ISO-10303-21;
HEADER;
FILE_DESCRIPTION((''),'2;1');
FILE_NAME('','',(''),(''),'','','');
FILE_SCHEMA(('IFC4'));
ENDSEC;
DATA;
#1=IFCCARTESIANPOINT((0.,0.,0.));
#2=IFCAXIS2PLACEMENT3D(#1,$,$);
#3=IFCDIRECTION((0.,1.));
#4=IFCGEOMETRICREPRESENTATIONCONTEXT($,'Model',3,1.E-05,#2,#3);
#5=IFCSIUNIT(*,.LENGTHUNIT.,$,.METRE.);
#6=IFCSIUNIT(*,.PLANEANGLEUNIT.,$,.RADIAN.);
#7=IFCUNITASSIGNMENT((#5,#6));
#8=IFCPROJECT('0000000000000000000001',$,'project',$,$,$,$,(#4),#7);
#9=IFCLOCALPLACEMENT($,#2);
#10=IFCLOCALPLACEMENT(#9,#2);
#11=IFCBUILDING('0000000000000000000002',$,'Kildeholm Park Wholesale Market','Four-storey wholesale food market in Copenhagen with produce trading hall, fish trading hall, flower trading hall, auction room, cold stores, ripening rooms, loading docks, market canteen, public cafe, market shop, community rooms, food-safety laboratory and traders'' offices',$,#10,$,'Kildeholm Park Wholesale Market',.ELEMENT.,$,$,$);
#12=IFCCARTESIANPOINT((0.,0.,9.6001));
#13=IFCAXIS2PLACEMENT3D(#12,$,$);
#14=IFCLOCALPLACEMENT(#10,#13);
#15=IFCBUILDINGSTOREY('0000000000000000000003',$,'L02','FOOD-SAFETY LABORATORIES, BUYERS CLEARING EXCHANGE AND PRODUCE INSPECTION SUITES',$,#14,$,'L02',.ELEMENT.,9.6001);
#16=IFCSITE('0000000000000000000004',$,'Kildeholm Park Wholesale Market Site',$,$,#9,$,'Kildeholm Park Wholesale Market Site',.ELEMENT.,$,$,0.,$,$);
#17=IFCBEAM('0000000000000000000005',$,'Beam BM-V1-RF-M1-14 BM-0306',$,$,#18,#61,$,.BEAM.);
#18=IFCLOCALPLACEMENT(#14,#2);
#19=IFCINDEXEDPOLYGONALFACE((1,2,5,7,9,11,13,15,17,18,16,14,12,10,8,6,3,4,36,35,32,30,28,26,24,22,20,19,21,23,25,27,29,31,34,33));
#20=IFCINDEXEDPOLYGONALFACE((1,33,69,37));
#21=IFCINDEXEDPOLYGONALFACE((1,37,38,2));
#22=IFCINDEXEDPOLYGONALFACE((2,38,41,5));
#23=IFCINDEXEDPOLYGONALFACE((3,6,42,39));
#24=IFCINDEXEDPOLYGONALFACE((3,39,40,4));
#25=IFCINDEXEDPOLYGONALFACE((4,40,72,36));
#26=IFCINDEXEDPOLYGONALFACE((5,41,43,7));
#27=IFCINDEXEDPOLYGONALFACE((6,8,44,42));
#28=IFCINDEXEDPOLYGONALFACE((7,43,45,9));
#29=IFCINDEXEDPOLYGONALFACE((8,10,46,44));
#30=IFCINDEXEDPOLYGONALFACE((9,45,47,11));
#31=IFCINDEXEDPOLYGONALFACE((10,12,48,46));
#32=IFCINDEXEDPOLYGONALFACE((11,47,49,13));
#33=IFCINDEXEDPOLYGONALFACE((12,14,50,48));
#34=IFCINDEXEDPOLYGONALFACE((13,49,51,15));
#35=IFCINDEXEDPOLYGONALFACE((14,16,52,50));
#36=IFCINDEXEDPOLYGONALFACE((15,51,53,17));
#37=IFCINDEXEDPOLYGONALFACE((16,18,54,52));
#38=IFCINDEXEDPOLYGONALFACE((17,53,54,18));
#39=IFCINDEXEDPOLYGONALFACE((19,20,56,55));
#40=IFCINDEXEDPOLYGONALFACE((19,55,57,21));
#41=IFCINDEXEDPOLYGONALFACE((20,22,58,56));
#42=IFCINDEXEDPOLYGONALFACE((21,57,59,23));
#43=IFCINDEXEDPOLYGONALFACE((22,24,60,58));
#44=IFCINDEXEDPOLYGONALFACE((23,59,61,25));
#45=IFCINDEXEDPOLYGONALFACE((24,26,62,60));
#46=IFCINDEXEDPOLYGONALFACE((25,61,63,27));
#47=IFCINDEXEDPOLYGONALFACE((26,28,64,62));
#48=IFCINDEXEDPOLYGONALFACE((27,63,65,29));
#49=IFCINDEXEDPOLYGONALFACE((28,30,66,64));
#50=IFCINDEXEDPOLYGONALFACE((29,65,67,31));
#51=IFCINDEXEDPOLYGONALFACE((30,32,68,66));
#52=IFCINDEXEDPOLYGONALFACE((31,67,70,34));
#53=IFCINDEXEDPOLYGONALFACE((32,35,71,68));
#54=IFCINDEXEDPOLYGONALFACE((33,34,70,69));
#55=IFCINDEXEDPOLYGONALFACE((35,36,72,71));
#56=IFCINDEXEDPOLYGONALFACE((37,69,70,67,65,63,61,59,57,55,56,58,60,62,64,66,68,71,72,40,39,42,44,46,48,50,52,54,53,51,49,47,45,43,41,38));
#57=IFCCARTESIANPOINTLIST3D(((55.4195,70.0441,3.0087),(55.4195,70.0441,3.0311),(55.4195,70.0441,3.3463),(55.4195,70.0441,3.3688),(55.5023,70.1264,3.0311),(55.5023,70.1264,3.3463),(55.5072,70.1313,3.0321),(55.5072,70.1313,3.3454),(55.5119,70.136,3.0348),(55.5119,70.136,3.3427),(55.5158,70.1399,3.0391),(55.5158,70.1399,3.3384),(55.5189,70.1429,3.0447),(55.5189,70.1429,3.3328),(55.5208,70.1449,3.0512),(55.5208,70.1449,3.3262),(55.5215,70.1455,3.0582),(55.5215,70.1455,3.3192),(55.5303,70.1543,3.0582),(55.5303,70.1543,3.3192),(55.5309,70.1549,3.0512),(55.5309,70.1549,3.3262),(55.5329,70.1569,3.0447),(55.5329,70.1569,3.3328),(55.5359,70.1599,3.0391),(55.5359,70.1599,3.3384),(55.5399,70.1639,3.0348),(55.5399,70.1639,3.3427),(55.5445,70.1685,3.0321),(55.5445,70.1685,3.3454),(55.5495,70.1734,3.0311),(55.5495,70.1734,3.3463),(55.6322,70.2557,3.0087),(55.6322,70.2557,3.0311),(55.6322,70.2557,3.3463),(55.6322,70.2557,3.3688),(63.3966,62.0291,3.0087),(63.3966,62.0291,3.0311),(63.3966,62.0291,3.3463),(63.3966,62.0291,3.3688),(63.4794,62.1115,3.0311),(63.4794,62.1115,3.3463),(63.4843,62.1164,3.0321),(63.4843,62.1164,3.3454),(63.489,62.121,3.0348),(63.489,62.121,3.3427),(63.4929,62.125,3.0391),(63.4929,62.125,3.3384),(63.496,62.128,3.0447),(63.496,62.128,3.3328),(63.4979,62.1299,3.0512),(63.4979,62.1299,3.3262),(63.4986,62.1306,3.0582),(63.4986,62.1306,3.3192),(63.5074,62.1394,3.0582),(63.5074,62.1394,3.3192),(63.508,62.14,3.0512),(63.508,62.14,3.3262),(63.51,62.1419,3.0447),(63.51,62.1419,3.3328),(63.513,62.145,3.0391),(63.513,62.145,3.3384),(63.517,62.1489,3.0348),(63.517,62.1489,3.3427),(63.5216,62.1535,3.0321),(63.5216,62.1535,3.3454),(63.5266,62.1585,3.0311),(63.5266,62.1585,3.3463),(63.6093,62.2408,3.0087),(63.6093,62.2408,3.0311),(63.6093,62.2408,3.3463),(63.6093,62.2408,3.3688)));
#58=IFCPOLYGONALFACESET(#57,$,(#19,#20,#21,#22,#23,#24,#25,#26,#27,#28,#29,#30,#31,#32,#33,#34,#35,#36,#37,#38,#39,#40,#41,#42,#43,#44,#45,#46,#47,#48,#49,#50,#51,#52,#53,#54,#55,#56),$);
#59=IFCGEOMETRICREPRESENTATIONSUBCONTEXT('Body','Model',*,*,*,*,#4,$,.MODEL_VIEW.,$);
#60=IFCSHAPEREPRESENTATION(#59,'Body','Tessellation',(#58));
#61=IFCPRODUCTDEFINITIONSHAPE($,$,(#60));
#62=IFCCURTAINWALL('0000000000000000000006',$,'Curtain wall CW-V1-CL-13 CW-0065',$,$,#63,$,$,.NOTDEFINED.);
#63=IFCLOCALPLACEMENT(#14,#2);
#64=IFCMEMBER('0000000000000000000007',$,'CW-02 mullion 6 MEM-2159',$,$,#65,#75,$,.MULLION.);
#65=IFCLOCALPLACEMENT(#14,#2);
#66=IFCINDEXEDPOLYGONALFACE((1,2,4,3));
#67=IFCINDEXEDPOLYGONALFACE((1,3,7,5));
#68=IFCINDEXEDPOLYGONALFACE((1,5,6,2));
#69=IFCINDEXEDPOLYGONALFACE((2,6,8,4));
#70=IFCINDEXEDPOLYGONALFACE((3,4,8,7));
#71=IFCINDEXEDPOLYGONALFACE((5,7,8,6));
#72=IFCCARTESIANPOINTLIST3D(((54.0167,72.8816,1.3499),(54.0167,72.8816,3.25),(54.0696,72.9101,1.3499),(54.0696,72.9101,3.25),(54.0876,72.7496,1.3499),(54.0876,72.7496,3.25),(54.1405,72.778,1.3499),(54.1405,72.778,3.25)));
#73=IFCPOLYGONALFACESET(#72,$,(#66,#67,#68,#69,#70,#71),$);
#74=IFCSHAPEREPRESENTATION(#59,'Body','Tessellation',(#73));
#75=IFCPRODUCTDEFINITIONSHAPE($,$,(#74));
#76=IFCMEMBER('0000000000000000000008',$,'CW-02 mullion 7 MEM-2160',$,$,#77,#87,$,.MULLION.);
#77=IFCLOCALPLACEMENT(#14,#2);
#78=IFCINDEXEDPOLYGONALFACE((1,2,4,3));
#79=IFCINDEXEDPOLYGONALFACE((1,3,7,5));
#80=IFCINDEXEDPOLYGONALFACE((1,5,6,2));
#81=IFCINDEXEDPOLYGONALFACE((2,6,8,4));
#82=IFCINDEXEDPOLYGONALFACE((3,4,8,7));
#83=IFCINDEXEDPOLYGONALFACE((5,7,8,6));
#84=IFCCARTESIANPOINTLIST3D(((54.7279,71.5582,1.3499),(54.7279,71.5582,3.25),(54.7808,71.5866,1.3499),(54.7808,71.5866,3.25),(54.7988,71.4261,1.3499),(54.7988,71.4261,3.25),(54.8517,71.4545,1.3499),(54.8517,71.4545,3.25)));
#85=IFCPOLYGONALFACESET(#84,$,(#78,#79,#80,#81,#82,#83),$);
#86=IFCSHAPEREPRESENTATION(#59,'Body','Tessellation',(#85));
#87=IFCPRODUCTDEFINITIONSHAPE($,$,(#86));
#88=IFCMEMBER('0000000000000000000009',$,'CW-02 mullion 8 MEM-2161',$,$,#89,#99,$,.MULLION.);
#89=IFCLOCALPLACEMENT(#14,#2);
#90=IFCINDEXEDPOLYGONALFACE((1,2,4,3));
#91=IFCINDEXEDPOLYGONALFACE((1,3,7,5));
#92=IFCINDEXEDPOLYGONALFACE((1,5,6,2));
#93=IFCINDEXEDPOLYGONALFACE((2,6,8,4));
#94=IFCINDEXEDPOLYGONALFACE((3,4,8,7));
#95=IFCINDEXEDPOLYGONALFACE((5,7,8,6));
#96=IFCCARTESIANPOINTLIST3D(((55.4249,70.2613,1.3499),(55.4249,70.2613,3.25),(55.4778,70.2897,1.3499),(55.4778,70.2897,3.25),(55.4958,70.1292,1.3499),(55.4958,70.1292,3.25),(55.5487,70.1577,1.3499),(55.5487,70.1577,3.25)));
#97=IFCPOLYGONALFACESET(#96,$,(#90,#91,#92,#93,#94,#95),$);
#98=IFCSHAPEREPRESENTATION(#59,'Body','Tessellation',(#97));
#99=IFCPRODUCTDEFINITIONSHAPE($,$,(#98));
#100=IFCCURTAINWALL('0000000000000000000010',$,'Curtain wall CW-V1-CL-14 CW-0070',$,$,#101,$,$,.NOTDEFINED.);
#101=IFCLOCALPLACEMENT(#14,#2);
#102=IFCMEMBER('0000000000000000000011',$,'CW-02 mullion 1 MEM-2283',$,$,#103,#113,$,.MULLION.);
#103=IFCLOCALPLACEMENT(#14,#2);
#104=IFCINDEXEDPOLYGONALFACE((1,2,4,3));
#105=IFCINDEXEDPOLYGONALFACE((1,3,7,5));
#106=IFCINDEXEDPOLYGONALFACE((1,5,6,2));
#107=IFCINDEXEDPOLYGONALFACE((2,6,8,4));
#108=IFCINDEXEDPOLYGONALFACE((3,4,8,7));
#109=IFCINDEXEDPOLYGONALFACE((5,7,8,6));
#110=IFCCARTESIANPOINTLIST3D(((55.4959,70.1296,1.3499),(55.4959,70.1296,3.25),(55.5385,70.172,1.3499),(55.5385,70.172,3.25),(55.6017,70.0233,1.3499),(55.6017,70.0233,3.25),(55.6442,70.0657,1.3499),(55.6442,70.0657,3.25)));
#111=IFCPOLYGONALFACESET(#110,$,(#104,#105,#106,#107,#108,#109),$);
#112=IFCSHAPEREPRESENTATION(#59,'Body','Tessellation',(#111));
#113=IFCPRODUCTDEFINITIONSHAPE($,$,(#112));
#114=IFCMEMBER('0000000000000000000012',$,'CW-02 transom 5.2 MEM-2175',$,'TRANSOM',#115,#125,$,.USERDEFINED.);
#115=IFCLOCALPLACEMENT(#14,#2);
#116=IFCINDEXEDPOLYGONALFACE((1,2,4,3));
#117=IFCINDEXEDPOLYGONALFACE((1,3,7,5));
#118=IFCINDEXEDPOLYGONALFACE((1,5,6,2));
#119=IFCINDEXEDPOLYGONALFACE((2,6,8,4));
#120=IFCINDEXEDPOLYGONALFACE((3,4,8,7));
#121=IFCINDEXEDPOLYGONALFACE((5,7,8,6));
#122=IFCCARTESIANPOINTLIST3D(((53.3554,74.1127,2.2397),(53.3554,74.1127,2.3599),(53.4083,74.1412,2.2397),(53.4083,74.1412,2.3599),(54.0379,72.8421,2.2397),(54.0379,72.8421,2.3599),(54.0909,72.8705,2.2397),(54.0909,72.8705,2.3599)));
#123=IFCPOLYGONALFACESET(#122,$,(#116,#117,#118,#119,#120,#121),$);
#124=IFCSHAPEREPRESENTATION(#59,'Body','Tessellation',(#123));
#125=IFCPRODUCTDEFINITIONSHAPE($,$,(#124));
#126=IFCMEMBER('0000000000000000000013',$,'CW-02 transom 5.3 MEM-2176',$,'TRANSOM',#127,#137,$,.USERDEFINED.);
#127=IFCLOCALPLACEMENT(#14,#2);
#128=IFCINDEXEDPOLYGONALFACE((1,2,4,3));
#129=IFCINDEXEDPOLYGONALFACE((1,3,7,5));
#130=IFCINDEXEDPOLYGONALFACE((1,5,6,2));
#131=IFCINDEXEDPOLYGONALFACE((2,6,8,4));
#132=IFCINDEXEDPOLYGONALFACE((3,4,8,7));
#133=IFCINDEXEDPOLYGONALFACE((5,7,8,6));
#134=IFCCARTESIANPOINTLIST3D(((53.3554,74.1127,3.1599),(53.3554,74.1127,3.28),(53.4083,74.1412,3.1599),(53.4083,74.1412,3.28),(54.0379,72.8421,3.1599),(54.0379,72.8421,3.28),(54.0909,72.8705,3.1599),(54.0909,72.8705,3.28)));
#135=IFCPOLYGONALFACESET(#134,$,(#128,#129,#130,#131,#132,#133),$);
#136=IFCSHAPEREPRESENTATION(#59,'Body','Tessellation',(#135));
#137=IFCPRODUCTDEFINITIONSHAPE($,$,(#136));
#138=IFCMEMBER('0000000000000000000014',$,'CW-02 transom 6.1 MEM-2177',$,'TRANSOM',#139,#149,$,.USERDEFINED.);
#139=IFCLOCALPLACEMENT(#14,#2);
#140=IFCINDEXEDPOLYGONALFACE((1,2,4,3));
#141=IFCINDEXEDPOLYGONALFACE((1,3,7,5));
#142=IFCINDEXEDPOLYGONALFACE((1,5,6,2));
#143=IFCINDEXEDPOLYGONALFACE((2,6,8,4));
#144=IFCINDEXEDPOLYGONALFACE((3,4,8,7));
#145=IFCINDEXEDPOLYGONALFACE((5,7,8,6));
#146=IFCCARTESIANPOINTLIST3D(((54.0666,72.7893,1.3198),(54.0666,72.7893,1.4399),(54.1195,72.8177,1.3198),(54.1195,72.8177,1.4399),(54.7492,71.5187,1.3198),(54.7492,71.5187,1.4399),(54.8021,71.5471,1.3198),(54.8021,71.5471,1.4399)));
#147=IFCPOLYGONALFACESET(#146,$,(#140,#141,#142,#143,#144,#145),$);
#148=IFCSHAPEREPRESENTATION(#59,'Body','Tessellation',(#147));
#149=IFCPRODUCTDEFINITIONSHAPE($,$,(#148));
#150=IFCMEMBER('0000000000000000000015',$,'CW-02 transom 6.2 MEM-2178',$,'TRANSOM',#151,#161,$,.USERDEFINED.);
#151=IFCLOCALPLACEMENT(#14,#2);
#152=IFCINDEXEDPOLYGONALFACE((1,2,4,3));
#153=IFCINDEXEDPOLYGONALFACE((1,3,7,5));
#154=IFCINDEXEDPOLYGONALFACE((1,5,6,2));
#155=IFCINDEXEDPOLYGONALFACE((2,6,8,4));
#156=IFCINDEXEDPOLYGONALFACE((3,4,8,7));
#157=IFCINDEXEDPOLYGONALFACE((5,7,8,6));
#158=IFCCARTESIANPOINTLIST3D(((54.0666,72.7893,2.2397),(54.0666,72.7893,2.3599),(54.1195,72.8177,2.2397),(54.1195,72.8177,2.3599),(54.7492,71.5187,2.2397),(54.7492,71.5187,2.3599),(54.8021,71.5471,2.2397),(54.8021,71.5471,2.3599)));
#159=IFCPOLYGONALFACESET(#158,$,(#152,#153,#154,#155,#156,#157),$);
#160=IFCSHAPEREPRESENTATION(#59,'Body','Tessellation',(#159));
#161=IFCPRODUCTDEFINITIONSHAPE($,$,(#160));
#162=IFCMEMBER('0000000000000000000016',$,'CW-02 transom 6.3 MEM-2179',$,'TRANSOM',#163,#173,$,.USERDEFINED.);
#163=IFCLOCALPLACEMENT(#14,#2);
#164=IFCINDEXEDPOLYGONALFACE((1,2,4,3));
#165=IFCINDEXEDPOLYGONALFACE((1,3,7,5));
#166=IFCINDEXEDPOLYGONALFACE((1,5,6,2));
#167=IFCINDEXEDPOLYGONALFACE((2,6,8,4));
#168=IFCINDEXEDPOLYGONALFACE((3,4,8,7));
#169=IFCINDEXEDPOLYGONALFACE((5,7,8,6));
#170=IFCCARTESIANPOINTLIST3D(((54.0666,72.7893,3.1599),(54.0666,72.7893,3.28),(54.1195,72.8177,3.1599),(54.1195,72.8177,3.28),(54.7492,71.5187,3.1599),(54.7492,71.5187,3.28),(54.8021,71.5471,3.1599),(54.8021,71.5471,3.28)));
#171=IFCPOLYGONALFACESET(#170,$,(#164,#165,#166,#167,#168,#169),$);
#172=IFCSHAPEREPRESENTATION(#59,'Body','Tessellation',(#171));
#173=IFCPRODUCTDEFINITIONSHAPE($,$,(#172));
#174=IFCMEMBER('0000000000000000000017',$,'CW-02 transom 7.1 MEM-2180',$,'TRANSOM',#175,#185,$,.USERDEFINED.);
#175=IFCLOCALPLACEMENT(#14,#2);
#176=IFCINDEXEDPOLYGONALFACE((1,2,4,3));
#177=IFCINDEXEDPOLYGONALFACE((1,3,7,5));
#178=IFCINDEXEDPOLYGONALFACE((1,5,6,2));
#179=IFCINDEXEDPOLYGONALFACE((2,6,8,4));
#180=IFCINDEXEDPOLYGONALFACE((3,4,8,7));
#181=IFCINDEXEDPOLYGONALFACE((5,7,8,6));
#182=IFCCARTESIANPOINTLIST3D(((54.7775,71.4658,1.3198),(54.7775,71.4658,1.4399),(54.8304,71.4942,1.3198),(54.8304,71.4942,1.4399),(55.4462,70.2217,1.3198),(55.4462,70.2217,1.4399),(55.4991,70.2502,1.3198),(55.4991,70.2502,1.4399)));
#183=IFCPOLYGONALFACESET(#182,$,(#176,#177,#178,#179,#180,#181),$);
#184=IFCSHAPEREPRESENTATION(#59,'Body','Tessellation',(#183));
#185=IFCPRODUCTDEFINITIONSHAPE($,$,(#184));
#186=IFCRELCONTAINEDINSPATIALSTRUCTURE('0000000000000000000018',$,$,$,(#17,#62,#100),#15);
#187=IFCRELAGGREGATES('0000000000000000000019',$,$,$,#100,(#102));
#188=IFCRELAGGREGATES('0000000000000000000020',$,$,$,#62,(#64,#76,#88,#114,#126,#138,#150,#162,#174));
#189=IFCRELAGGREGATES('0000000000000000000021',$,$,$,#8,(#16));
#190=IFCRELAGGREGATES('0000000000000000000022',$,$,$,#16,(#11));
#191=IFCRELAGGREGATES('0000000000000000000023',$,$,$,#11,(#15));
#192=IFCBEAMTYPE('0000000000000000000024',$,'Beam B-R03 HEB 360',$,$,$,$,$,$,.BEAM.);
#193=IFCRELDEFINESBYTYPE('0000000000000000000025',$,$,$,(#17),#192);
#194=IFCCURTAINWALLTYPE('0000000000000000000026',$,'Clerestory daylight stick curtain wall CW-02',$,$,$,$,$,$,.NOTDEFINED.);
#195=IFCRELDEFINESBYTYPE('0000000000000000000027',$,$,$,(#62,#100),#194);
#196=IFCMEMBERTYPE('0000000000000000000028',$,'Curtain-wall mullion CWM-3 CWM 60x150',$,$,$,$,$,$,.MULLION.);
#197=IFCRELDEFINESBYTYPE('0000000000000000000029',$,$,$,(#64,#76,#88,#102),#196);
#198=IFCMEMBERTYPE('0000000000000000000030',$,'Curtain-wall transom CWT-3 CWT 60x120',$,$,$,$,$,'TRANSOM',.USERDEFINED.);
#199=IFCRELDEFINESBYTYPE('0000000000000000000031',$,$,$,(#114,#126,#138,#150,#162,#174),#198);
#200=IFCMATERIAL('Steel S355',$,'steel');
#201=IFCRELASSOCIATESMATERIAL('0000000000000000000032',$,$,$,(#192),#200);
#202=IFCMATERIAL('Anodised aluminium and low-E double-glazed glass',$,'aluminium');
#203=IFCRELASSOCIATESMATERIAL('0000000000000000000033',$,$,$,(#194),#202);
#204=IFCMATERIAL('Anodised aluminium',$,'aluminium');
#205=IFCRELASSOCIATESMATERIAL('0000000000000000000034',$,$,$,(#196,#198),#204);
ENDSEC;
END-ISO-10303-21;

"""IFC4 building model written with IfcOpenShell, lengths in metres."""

from ifc_helpers import new_model, si_unit, direction, frame, origin, origin_2d, place, context, subcontext, project, spatial, rectangle, i_section, extrude, material, material_profile, profile_set, type_object, element, aggregate, save


model = new_model("IFC4")

# Units and contexts
model_context = context("Model", 3, precision=1e-05, world=origin(), true_north=direction((0.0, 1.0)))
body_context = subcontext(model_context, "Body", "Model", "MODEL_VIEW")
ifc_project = project(units=[si_unit("LENGTHUNIT", "METRE"), si_unit("PLANEANGLEUNIT", "RADIAN")], contexts=[model_context])

# Site, building, storey
site_placement = place(None, origin())
site = spatial("IfcSite", under=ifc_project, at=site_placement, Name="Kildeholm Park Wholesale Market Site", LongName="Kildeholm Park Wholesale Market Site", CompositionType="ELEMENT", RefElevation=0.0)
building_placement = place(site_placement, origin())
building = spatial("IfcBuilding", under=site, at=building_placement, Name="Kildeholm Park Wholesale Market", Description="Four-storey wholesale food market in Copenhagen with produce trading hall, fish trading hall, flower trading hall, auction room, cold stores, ripening rooms, loading docks, market canteen, public cafe, market shop, community rooms, food-safety laboratory and traders' offices", LongName="Kildeholm Park Wholesale Market", CompositionType="ELEMENT")
storey_placement = place(building_placement, frame((0.0, 0.0, 9.6001)))
storey = spatial("IfcBuildingStorey", under=building, at=storey_placement, Name="L02", Description="FOOD-SAFETY LABORATORIES, BUYERS CLEARING EXCHANGE AND PRODUCE INSPECTION SUITES", LongName="L02", CompositionType="ELEMENT", Elevation=9.6001)

# Shared definitions
ifc_material_1 = material(Name="Steel S355", Category="steel")

# Beam
ifc_material_profile_1 = material_profile(ifc_material_1, i_section(OverallWidth=0.3, OverallDepth=0.3601, WebThickness=0.0125, FlangeThickness=0.0225, FilletRadius=0.0271, at=origin_2d()), Name="HEB 360")
ifc_profile_set_1 = profile_set([ifc_material_profile_1], Name="Steel S355")
beam_type_1 = type_object("IfcBeamType", Name="Beam B-R03 HEB 360", PredefinedType="BEAM", material=ifc_profile_set_1)
beam_1_placement = place(storey_placement, frame((55.5259, 70.1499, 3.1887), z_axis=(0.705432, -0.708778, 0.0), x_axis=(0.708778, 0.705432, 0.0)))
element("IfcBeam", 1, at=beam_1_placement, inside=storey, type_object=beam_type_1, Name="Beam BM-V1-RF-M1-14 BM-0306", PredefinedType="BEAM", context=body_context, shape_type="SweptSolid", body=[
    extrude(i_section(OverallWidth=0.3, OverallDepth=0.3601, WebThickness=0.0125, FlangeThickness=0.0225, FilletRadius=0.0271, at=origin_2d()), origin(), (0.0, 0.0, 1.0), 11.3081),
])

# Curtain wall, members
ifc_material_2 = material(Name="Anodised aluminium and low-E double-glazed glass", Category="aluminium")
curtain_wall_type = type_object("IfcCurtainWallType", Name="Clerestory daylight stick curtain wall CW-02", PredefinedType="NOTDEFINED", material=ifc_material_2)
curtain_wall_1_placement = place(storey_placement, origin())
curtain_wall_1 = element("IfcCurtainWall", 2, at=curtain_wall_1_placement, inside=storey, type_object=curtain_wall_type, Name="Curtain wall CW-V1-CL-13 CW-0065", PredefinedType="NOTDEFINED")
ifc_material_3 = material(Name="Anodised aluminium", Category="aluminium")
ifc_material_profile_2 = material_profile(ifc_material_3, rectangle(XDim=0.0601, YDim=0.1499, at=origin_2d()), Name="CWM 60x150")
ifc_profile_set_2 = profile_set([ifc_material_profile_2], Name="Anodised aluminium")
member_type_1 = type_object("IfcMemberType", Name="Curtain-wall mullion CWM-3 CWM 60x150", PredefinedType="MULLION", material=ifc_profile_set_2)
member_1_placement = place(storey_placement, frame((54.0786, 72.8298, 1.3499), z_axis=(0.0, 0.0, 1.0), x_axis=(0.88088, 0.47334, 0.0)))
member_1 = element("IfcMember", 3, at=member_1_placement, type_object=member_type_1, Name="CW-02 mullion 6 MEM-2159", PredefinedType="MULLION", context=body_context, shape_type="SweptSolid", body=[
    extrude(rectangle(XDim=0.0601, YDim=0.1499, at=origin_2d()), origin(), (0.0, 0.0, 1.0), 1.9001),
])
member_2_placement = place(storey_placement, frame((54.7898, 71.5063, 1.3499), z_axis=(0.0, 0.0, 1.0), x_axis=(0.88088, 0.47334, 0.0)))
member_2 = element("IfcMember", 4, at=member_2_placement, type_object=member_type_1, Name="CW-02 mullion 7 MEM-2160", PredefinedType="MULLION", context=body_context, shape_type="SweptSolid", body=[
    extrude(rectangle(XDim=0.0601, YDim=0.1499, at=origin_2d()), origin(), (0.0, 0.0, 1.0), 1.9001),
])
member_3_placement = place(storey_placement, frame((55.4868, 70.2095, 1.3499), z_axis=(0.0, 0.0, 1.0), x_axis=(0.88088, 0.47334, 0.0)))
member_3 = element("IfcMember", 5, at=member_3_placement, type_object=member_type_1, Name="CW-02 mullion 8 MEM-2161", PredefinedType="MULLION", context=body_context, shape_type="SweptSolid", body=[
    extrude(rectangle(XDim=0.0601, YDim=0.1499, at=origin_2d()), origin(), (0.0, 0.0, 1.0), 1.9001),
])

# Curtain wall, member
curtain_wall_2_placement = place(storey_placement, origin())
curtain_wall_2 = element("IfcCurtainWall", 6, at=curtain_wall_2_placement, inside=storey, type_object=curtain_wall_type, Name="Curtain wall CW-V1-CL-14 CW-0070", PredefinedType="NOTDEFINED")
member_4_placement = place(storey_placement, frame((55.5701, 70.0977, 1.3499), z_axis=(0.0, 0.0, 1.0), x_axis=(0.708797, 0.705413, 0.0)))
member_4 = element("IfcMember", 7, at=member_4_placement, type_object=member_type_1, Name="CW-02 mullion 1 MEM-2283", PredefinedType="MULLION", context=body_context, shape_type="SweptSolid", body=[
    extrude(rectangle(XDim=0.0601, YDim=0.1499, at=origin_2d()), origin(), (0.0, 0.0, 1.0), 1.9001),
])

# Members
ifc_material_profile_3 = material_profile(ifc_material_3, rectangle(XDim=0.0601, YDim=0.1201, at=origin_2d()), Name="CWT 60x120")
ifc_profile_set_3 = profile_set([ifc_material_profile_3], Name="Anodised aluminium")
member_type_2 = type_object("IfcMemberType", Name="Curtain-wall transom CWT-3 CWT 60x120", ElementType="TRANSOM", PredefinedType="USERDEFINED", material=ifc_profile_set_3)
member_5_placement = place(storey_placement, frame((53.3818, 74.127, 2.2998), z_axis=(0.473222, -0.880943, 0.0), x_axis=(0.880943, 0.473222, 0.0)))
member_5 = element("IfcMember", 8, at=member_5_placement, type_object=member_type_2, Name="CW-02 transom 5.2 MEM-2175", ObjectType="TRANSOM", PredefinedType="USERDEFINED", context=body_context, shape_type="SweptSolid", body=[
    extrude(rectangle(XDim=0.0601, YDim=0.1201, at=origin_2d()), origin(), (0.0, 0.0, 1.0), 1.4424),
])
member_6_placement = place(storey_placement, frame((53.3818, 74.127, 3.22), z_axis=(0.473222, -0.880943, 0.0), x_axis=(0.880943, 0.473222, 0.0)))
member_6 = element("IfcMember", 9, at=member_6_placement, type_object=member_type_2, Name="CW-02 transom 5.3 MEM-2176", ObjectType="TRANSOM", PredefinedType="USERDEFINED", context=body_context, shape_type="SweptSolid", body=[
    extrude(rectangle(XDim=0.0601, YDim=0.1201, at=origin_2d()), origin(), (0.0, 0.0, 1.0), 1.4424),
])
member_7_placement = place(storey_placement, frame((54.093, 72.8035, 1.3799), z_axis=(0.473292, -0.880906, 0.0), x_axis=(0.880906, 0.473292, 0.0)))
member_7 = element("IfcMember", 10, at=member_7_placement, type_object=member_type_2, Name="CW-02 transom 6.1 MEM-2177", ObjectType="TRANSOM", PredefinedType="USERDEFINED", context=body_context, shape_type="SweptSolid", body=[
    extrude(rectangle(XDim=0.0601, YDim=0.1201, at=origin_2d()), origin(), (0.0, 0.0, 1.0), 1.4424),
])
member_8_placement = place(storey_placement, frame((54.093, 72.8035, 2.2998), z_axis=(0.473292, -0.880906, 0.0), x_axis=(0.880906, 0.473292, 0.0)))
member_8 = element("IfcMember", 11, at=member_8_placement, type_object=member_type_2, Name="CW-02 transom 6.2 MEM-2178", ObjectType="TRANSOM", PredefinedType="USERDEFINED", context=body_context, shape_type="SweptSolid", body=[
    extrude(rectangle(XDim=0.0601, YDim=0.1201, at=origin_2d()), origin(), (0.0, 0.0, 1.0), 1.4424),
])
member_9_placement = place(storey_placement, frame((54.093, 72.8035, 3.22), z_axis=(0.473292, -0.880906, 0.0), x_axis=(0.880906, 0.473292, 0.0)))
member_9 = element("IfcMember", 12, at=member_9_placement, type_object=member_type_2, Name="CW-02 transom 6.3 MEM-2179", ObjectType="TRANSOM", PredefinedType="USERDEFINED", context=body_context, shape_type="SweptSolid", body=[
    extrude(rectangle(XDim=0.0601, YDim=0.1201, at=origin_2d()), origin(), (0.0, 0.0, 1.0), 1.4424),
])
member_10_placement = place(storey_placement, frame((54.804, 71.48, 1.3799), z_axis=(0.47343, -0.880832, 0.0), x_axis=(0.880832, 0.47343, 0.0)))
member_10 = element("IfcMember", 13, at=member_10_placement, type_object=member_type_2, Name="CW-02 transom 7.1 MEM-2180", ObjectType="TRANSOM", PredefinedType="USERDEFINED", context=body_context, shape_type="SweptSolid", body=[
    extrude(rectangle(XDim=0.0601, YDim=0.1201, at=origin_2d()), origin(), (0.0, 0.0, 1.0), 1.4124),
])
aggregate(curtain_wall_2, [member_4])

aggregate(curtain_wall_1, [member_1, member_2, member_3, member_5, member_6, member_7, member_8, member_9, member_10])

save(model, "model.ifc")
